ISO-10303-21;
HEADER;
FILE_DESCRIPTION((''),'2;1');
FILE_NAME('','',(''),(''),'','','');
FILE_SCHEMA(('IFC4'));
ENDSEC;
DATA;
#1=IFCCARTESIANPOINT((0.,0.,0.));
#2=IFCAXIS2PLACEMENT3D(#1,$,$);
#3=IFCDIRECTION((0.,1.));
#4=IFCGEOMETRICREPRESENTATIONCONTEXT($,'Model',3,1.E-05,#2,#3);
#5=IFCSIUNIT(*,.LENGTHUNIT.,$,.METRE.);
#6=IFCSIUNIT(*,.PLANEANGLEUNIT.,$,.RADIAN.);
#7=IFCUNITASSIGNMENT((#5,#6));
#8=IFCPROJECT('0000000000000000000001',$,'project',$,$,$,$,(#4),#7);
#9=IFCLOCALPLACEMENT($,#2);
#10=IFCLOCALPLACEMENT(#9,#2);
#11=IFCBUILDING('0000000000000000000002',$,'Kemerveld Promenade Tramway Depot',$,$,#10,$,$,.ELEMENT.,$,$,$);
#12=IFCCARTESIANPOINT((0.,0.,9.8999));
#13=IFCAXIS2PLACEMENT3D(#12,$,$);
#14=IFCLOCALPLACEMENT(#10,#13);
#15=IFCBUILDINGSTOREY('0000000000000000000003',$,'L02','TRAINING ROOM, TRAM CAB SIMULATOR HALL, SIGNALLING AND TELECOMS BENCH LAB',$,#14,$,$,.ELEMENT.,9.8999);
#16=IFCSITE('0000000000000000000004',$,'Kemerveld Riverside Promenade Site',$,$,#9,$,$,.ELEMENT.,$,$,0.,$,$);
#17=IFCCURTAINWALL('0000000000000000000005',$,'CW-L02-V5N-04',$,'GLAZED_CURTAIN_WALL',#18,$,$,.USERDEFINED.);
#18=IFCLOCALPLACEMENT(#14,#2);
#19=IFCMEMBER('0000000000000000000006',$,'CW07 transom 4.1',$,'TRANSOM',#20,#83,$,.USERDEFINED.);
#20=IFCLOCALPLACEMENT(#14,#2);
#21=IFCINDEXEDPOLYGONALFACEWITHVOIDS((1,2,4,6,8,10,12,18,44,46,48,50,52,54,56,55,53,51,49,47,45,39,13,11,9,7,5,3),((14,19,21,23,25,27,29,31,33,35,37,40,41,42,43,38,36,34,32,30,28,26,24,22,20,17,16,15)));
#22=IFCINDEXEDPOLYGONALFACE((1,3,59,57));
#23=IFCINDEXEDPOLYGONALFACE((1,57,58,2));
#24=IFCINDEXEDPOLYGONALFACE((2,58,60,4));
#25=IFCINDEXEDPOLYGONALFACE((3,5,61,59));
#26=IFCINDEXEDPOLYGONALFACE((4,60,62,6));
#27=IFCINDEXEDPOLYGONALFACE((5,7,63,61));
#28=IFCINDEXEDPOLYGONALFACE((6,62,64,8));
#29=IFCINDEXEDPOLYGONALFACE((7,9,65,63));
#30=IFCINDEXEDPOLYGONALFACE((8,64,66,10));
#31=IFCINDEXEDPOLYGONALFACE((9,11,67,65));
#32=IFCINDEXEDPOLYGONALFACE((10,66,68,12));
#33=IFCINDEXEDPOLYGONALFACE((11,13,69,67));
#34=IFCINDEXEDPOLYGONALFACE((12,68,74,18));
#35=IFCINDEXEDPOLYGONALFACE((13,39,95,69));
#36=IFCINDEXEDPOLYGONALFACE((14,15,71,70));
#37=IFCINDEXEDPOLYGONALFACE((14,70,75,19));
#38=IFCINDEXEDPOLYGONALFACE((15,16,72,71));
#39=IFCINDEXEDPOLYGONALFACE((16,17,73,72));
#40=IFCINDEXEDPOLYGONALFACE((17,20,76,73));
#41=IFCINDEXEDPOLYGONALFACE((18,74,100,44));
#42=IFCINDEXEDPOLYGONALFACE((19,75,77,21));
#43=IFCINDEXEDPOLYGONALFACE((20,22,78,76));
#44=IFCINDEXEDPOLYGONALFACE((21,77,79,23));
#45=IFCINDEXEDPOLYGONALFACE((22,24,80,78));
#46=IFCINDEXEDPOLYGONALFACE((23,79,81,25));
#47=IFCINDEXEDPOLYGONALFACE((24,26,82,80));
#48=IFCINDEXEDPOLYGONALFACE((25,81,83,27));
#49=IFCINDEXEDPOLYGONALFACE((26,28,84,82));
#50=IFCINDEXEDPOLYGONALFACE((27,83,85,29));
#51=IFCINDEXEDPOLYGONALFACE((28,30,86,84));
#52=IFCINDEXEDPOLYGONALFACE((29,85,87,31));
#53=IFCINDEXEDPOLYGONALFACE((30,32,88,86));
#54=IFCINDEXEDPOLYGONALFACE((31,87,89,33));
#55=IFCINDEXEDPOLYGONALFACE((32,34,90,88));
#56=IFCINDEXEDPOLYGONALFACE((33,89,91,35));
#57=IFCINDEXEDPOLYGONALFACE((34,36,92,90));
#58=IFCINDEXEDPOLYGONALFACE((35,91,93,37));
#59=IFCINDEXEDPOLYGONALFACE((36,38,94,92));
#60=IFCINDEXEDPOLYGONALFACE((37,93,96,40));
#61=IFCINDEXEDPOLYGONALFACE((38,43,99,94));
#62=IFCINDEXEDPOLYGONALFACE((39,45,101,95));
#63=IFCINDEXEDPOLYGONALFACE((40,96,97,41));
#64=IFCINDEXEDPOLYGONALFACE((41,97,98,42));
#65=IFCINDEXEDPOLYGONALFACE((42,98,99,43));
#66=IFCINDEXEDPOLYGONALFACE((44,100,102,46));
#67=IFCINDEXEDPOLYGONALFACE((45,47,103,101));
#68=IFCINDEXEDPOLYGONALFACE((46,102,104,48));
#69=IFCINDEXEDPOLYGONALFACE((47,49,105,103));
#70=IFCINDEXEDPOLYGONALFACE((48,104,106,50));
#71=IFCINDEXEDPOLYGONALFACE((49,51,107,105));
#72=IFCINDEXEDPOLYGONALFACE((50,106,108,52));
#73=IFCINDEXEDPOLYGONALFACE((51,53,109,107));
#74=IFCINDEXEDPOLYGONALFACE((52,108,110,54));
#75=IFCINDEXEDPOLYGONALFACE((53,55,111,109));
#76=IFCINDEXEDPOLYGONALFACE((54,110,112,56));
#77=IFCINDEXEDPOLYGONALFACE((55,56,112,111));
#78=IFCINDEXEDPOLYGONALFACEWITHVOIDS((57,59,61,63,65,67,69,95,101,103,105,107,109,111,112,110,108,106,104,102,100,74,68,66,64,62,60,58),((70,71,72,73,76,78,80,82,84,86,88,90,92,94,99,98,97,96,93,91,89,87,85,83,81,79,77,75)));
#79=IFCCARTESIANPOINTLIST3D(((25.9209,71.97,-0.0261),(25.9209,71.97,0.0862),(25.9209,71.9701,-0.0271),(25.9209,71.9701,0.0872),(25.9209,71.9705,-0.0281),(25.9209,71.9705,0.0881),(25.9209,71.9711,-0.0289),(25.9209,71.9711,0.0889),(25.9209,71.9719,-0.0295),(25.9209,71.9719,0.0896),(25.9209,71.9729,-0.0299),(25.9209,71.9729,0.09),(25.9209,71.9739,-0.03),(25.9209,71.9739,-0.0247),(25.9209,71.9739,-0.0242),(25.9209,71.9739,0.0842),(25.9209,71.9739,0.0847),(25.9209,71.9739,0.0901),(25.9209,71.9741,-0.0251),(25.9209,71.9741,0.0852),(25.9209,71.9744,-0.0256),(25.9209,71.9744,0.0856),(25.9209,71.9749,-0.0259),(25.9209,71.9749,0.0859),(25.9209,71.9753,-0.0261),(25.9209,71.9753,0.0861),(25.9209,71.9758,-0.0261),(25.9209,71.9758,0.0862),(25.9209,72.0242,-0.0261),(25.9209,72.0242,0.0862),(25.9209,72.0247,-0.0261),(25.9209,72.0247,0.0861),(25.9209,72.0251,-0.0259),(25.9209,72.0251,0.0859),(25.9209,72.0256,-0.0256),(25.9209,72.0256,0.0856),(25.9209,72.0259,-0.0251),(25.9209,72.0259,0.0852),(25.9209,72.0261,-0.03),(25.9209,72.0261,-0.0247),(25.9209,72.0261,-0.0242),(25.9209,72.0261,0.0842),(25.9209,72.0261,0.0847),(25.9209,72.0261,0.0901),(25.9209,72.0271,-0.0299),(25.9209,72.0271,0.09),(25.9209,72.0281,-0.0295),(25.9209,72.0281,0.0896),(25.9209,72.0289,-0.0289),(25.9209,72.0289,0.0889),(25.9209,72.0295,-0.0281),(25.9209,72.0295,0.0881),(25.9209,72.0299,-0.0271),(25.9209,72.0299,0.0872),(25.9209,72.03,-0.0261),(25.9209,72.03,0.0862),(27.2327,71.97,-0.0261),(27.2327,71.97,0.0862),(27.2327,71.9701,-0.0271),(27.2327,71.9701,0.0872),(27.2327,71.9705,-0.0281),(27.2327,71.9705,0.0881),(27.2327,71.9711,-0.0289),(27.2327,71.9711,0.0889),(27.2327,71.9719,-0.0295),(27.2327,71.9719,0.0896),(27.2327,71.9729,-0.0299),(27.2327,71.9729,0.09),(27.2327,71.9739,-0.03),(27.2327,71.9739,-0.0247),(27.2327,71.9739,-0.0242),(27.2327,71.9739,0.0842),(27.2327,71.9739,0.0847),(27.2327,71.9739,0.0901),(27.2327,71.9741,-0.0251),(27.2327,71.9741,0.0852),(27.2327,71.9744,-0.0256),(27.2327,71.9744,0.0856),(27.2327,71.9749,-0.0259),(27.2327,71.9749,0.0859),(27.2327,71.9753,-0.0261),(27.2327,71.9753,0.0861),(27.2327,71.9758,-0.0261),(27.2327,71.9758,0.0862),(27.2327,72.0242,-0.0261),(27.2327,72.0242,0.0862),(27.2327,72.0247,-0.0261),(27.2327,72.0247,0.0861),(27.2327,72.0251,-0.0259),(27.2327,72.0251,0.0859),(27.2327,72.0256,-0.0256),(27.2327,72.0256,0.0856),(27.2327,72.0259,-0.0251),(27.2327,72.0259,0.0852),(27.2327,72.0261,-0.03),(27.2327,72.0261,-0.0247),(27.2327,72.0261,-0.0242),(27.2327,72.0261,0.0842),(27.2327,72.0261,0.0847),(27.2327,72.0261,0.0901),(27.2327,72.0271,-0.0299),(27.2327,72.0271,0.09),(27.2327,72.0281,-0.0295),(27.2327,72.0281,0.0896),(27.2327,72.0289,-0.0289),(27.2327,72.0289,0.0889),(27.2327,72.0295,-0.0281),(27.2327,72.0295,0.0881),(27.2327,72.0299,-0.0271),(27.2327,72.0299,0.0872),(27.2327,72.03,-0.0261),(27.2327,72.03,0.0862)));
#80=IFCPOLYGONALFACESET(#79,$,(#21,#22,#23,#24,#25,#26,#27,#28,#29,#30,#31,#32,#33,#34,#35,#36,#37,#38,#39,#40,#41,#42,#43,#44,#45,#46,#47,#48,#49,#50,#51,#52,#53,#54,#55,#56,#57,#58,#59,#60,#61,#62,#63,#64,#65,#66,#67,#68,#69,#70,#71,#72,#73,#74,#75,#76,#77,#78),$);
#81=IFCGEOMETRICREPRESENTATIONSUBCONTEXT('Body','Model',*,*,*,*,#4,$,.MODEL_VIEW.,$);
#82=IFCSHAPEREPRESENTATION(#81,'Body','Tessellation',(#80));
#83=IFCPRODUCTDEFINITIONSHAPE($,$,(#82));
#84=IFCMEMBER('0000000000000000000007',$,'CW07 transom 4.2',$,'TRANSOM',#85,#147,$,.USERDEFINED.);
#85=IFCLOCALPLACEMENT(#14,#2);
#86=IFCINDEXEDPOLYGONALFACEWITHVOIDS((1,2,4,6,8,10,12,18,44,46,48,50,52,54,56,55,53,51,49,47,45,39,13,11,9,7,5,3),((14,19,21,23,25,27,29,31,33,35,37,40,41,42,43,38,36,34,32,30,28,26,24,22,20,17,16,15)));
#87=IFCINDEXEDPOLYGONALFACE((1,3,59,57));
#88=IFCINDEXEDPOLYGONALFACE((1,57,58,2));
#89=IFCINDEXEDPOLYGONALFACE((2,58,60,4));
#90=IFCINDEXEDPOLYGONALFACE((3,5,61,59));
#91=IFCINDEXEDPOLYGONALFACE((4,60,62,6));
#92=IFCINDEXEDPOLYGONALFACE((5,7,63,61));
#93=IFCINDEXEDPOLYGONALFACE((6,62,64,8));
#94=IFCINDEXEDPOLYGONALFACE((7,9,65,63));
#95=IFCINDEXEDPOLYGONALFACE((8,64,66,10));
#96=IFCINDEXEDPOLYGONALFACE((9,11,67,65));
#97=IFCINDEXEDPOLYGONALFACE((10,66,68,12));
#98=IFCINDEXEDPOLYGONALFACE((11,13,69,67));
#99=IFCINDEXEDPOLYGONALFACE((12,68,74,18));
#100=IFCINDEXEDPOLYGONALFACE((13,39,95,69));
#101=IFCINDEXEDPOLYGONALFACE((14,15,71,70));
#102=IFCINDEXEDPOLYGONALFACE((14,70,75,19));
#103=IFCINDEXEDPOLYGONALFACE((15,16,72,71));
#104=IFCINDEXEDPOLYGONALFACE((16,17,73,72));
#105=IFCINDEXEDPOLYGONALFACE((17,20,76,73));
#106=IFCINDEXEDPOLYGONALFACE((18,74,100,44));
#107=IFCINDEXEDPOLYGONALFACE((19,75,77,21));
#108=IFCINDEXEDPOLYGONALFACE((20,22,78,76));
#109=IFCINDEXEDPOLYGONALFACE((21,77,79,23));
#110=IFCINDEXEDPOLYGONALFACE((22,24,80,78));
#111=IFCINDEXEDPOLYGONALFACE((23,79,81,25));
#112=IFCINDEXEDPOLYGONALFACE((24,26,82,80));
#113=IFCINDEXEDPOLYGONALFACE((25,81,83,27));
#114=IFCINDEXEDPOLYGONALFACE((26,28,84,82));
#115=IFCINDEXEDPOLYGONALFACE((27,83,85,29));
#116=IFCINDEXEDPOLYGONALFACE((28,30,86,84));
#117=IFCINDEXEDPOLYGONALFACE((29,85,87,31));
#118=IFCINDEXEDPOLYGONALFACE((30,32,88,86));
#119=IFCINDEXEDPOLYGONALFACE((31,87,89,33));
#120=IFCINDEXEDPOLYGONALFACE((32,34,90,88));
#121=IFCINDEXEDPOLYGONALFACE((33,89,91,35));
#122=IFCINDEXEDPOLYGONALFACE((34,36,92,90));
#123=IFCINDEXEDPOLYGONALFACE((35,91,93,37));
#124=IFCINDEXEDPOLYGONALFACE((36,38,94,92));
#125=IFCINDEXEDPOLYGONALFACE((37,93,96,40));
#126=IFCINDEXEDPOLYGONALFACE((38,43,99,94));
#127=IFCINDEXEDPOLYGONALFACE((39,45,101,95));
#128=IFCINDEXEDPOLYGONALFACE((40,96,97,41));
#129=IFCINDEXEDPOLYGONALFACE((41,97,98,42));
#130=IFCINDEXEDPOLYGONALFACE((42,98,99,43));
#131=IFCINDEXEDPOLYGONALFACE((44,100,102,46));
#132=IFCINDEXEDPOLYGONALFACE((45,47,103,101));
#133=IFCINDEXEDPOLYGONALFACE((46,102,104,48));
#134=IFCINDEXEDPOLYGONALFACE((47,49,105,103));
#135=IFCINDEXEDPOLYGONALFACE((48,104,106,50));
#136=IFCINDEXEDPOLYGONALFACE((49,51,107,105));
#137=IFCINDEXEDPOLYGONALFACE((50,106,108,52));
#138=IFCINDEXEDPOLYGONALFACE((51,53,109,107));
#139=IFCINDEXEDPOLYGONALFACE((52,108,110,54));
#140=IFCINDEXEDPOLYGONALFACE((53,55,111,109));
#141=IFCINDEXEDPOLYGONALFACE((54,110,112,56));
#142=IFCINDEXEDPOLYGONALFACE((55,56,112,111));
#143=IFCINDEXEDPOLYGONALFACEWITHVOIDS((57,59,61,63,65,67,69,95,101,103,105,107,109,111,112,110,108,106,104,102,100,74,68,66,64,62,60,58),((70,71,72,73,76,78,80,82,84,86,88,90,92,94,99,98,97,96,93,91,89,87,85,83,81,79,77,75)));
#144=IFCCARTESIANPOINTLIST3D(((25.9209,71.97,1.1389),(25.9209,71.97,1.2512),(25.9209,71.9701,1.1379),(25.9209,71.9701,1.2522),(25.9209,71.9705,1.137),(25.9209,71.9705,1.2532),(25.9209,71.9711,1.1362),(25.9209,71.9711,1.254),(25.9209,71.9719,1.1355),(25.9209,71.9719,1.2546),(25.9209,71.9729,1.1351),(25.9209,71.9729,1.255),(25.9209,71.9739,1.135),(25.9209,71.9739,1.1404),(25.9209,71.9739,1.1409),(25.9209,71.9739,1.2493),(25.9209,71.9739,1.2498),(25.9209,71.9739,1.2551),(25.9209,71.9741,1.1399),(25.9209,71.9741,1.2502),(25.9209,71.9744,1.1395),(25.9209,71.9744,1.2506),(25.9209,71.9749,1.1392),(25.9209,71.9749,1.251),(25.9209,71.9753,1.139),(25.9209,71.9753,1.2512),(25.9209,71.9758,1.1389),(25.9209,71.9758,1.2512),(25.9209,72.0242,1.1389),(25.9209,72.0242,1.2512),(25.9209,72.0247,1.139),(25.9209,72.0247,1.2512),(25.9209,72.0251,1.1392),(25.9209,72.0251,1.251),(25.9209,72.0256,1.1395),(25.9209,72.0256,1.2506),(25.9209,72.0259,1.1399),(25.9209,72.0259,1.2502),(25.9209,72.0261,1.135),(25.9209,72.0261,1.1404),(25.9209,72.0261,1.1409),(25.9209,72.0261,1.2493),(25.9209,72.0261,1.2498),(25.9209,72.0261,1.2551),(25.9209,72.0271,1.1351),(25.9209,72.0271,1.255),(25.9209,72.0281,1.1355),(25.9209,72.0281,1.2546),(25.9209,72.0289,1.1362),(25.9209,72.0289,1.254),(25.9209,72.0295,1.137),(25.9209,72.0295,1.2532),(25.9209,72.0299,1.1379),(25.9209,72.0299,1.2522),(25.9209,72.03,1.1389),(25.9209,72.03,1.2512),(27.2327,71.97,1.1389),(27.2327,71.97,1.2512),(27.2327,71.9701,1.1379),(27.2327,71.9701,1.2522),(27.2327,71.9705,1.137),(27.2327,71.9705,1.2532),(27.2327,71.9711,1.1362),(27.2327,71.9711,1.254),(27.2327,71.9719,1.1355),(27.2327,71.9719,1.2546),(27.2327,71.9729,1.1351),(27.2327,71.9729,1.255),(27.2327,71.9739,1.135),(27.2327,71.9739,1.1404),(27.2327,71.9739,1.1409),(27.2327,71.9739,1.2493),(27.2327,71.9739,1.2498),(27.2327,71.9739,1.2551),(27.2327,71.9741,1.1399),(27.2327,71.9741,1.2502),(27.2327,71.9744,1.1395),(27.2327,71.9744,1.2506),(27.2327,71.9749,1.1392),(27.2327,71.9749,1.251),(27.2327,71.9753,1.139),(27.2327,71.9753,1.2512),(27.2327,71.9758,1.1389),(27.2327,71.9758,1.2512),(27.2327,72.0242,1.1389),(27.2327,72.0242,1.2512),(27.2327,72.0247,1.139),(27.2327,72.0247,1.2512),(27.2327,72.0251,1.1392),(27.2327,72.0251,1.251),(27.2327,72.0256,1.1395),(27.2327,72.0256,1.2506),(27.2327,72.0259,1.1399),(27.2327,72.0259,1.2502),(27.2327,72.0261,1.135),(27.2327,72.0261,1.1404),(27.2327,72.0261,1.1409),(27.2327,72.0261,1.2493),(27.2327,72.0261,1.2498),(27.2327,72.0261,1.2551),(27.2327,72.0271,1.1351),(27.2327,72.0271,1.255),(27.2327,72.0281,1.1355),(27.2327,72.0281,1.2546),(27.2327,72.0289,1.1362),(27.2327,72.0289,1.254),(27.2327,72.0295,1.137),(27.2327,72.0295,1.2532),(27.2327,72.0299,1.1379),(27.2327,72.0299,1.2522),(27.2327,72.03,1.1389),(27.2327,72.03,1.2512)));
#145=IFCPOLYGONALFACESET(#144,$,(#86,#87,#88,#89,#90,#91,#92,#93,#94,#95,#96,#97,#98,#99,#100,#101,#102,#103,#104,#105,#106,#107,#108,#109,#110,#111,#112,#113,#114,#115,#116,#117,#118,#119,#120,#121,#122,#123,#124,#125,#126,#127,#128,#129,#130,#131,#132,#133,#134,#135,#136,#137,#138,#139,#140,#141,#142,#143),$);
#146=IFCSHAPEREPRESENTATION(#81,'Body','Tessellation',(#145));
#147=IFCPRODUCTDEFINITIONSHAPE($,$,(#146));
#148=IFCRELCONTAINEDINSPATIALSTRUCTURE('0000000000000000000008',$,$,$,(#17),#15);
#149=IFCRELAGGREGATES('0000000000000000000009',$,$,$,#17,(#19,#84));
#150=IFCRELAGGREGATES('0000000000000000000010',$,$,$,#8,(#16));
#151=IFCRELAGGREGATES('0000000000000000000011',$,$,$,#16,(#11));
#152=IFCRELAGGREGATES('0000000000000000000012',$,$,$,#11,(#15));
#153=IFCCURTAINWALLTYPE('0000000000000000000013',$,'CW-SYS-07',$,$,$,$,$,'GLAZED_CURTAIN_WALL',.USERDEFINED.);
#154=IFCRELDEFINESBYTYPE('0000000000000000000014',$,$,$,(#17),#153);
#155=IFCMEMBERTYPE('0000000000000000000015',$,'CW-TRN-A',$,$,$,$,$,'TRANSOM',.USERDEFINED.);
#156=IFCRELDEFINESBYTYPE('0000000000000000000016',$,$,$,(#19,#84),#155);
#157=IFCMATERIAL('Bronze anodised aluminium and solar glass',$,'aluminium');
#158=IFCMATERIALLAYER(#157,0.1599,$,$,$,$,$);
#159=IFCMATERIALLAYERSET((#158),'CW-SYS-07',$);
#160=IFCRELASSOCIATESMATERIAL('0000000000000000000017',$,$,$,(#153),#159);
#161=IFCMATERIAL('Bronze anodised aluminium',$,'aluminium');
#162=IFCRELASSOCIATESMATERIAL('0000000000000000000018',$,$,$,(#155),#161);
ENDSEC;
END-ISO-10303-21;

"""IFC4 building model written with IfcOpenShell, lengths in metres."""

from ifc_helpers import new_model, si_unit, direction, frame, origin, origin_2d, place, context, subcontext, project, spatial, hollow_rectangle, extrude, material, layer, layer_set, material_profile, profile_set, type_object, element, aggregate, save


model = new_model("IFC4")

# Units and contexts
model_context = context("Model", 3, precision=1e-05, world=origin(), true_north=direction((0.0, 1.0)))
body_context = subcontext(model_context, "Body", "Model", "MODEL_VIEW")
ifc_project = project(units=[si_unit("LENGTHUNIT", "METRE"), si_unit("PLANEANGLEUNIT", "RADIAN")], contexts=[model_context])

# Site, building, storey
site_placement = place(None, origin())
site = spatial("IfcSite", under=ifc_project, at=site_placement, Name="Kemerveld Riverside Promenade Site", CompositionType="ELEMENT", RefElevation=0.0)
building_placement = place(site_placement, origin())
building = spatial("IfcBuilding", under=site, at=building_placement, Name="Kemerveld Promenade Tramway Depot", CompositionType="ELEMENT")
storey_placement = place(building_placement, frame((0.0, 0.0, 9.8999)))
storey = spatial("IfcBuildingStorey", under=building, at=storey_placement, Name="L02", Description="TRAINING ROOM, TRAM CAB SIMULATOR HALL, SIGNALLING AND TELECOMS BENCH LAB", CompositionType="ELEMENT", Elevation=9.8999)

# Curtain wall, members
ifc_material_1 = material(Name="Bronze anodised aluminium and solar glass", Category="aluminium")
ifc_layer_1 = layer(ifc_material_1, 0.1599)
ifc_layer_set_1 = layer_set([ifc_layer_1], Name="CW-SYS-07")
curtain_wall_type = type_object("IfcCurtainWallType", Name="CW-SYS-07", ElementType="GLAZED_CURTAIN_WALL", PredefinedType="USERDEFINED", material=ifc_layer_set_1)
curtain_wall_placement = place(storey_placement, origin())
curtain_wall = element("IfcCurtainWall", 1, at=curtain_wall_placement, inside=storey, type_object=curtain_wall_type, Name="CW-L02-V5N-04", ObjectType="GLAZED_CURTAIN_WALL", PredefinedType="USERDEFINED")
ifc_material_2 = material(Name="Bronze anodised aluminium", Category="aluminium")
ifc_material_profile_1 = material_profile(ifc_material_2, hollow_rectangle(XDim=0.0601, YDim=0.1201, WallThickness=0.0039, InnerFilletRadius=0.002, OuterFilletRadius=0.0039, at=origin_2d()), Name="CW-TRN-120x60")
ifc_profile_set_1 = profile_set([ifc_material_profile_1], Name="Bronze anodised aluminium")
member_type_1 = type_object("IfcMemberType", Name="CW-TRN-A", ElementType="TRANSOM", PredefinedType="USERDEFINED", material=ifc_profile_set_1)
member_1_placement = place(storey_placement, frame((25.9209, 72.0, 0.03), z_axis=(1.0, 0.0, 0.0), x_axis=(0.0, 1.0, 0.0)))
member_1 = element("IfcMember", 2, at=member_1_placement, type_object=member_type_1, Name="CW07 transom 4.1", ObjectType="TRANSOM", PredefinedType="USERDEFINED", context=body_context, shape_type="SweptSolid", body=[
    extrude(hollow_rectangle(XDim=0.0601, YDim=0.1201, WallThickness=0.0039, InnerFilletRadius=0.002, OuterFilletRadius=0.0039, at=origin_2d()), origin(), (0.0, 0.0, 1.0), 1.3118),
])
member_2_placement = place(storey_placement, frame((25.9209, 72.0, 1.1951), z_axis=(1.0, 0.0, 0.0), x_axis=(0.0, 1.0, 0.0)))
member_2 = element("IfcMember", 3, at=member_2_placement, type_object=member_type_1, Name="CW07 transom 4.2", ObjectType="TRANSOM", PredefinedType="USERDEFINED", context=body_context, shape_type="SweptSolid", body=[
    extrude(hollow_rectangle(XDim=0.0601, YDim=0.1201, WallThickness=0.0039, InnerFilletRadius=0.002, OuterFilletRadius=0.0039, at=origin_2d()), origin(), (0.0, 0.0, 1.0), 1.3118),
])
aggregate(curtain_wall, [member_1, member_2])

save(model, "model.ifc")
